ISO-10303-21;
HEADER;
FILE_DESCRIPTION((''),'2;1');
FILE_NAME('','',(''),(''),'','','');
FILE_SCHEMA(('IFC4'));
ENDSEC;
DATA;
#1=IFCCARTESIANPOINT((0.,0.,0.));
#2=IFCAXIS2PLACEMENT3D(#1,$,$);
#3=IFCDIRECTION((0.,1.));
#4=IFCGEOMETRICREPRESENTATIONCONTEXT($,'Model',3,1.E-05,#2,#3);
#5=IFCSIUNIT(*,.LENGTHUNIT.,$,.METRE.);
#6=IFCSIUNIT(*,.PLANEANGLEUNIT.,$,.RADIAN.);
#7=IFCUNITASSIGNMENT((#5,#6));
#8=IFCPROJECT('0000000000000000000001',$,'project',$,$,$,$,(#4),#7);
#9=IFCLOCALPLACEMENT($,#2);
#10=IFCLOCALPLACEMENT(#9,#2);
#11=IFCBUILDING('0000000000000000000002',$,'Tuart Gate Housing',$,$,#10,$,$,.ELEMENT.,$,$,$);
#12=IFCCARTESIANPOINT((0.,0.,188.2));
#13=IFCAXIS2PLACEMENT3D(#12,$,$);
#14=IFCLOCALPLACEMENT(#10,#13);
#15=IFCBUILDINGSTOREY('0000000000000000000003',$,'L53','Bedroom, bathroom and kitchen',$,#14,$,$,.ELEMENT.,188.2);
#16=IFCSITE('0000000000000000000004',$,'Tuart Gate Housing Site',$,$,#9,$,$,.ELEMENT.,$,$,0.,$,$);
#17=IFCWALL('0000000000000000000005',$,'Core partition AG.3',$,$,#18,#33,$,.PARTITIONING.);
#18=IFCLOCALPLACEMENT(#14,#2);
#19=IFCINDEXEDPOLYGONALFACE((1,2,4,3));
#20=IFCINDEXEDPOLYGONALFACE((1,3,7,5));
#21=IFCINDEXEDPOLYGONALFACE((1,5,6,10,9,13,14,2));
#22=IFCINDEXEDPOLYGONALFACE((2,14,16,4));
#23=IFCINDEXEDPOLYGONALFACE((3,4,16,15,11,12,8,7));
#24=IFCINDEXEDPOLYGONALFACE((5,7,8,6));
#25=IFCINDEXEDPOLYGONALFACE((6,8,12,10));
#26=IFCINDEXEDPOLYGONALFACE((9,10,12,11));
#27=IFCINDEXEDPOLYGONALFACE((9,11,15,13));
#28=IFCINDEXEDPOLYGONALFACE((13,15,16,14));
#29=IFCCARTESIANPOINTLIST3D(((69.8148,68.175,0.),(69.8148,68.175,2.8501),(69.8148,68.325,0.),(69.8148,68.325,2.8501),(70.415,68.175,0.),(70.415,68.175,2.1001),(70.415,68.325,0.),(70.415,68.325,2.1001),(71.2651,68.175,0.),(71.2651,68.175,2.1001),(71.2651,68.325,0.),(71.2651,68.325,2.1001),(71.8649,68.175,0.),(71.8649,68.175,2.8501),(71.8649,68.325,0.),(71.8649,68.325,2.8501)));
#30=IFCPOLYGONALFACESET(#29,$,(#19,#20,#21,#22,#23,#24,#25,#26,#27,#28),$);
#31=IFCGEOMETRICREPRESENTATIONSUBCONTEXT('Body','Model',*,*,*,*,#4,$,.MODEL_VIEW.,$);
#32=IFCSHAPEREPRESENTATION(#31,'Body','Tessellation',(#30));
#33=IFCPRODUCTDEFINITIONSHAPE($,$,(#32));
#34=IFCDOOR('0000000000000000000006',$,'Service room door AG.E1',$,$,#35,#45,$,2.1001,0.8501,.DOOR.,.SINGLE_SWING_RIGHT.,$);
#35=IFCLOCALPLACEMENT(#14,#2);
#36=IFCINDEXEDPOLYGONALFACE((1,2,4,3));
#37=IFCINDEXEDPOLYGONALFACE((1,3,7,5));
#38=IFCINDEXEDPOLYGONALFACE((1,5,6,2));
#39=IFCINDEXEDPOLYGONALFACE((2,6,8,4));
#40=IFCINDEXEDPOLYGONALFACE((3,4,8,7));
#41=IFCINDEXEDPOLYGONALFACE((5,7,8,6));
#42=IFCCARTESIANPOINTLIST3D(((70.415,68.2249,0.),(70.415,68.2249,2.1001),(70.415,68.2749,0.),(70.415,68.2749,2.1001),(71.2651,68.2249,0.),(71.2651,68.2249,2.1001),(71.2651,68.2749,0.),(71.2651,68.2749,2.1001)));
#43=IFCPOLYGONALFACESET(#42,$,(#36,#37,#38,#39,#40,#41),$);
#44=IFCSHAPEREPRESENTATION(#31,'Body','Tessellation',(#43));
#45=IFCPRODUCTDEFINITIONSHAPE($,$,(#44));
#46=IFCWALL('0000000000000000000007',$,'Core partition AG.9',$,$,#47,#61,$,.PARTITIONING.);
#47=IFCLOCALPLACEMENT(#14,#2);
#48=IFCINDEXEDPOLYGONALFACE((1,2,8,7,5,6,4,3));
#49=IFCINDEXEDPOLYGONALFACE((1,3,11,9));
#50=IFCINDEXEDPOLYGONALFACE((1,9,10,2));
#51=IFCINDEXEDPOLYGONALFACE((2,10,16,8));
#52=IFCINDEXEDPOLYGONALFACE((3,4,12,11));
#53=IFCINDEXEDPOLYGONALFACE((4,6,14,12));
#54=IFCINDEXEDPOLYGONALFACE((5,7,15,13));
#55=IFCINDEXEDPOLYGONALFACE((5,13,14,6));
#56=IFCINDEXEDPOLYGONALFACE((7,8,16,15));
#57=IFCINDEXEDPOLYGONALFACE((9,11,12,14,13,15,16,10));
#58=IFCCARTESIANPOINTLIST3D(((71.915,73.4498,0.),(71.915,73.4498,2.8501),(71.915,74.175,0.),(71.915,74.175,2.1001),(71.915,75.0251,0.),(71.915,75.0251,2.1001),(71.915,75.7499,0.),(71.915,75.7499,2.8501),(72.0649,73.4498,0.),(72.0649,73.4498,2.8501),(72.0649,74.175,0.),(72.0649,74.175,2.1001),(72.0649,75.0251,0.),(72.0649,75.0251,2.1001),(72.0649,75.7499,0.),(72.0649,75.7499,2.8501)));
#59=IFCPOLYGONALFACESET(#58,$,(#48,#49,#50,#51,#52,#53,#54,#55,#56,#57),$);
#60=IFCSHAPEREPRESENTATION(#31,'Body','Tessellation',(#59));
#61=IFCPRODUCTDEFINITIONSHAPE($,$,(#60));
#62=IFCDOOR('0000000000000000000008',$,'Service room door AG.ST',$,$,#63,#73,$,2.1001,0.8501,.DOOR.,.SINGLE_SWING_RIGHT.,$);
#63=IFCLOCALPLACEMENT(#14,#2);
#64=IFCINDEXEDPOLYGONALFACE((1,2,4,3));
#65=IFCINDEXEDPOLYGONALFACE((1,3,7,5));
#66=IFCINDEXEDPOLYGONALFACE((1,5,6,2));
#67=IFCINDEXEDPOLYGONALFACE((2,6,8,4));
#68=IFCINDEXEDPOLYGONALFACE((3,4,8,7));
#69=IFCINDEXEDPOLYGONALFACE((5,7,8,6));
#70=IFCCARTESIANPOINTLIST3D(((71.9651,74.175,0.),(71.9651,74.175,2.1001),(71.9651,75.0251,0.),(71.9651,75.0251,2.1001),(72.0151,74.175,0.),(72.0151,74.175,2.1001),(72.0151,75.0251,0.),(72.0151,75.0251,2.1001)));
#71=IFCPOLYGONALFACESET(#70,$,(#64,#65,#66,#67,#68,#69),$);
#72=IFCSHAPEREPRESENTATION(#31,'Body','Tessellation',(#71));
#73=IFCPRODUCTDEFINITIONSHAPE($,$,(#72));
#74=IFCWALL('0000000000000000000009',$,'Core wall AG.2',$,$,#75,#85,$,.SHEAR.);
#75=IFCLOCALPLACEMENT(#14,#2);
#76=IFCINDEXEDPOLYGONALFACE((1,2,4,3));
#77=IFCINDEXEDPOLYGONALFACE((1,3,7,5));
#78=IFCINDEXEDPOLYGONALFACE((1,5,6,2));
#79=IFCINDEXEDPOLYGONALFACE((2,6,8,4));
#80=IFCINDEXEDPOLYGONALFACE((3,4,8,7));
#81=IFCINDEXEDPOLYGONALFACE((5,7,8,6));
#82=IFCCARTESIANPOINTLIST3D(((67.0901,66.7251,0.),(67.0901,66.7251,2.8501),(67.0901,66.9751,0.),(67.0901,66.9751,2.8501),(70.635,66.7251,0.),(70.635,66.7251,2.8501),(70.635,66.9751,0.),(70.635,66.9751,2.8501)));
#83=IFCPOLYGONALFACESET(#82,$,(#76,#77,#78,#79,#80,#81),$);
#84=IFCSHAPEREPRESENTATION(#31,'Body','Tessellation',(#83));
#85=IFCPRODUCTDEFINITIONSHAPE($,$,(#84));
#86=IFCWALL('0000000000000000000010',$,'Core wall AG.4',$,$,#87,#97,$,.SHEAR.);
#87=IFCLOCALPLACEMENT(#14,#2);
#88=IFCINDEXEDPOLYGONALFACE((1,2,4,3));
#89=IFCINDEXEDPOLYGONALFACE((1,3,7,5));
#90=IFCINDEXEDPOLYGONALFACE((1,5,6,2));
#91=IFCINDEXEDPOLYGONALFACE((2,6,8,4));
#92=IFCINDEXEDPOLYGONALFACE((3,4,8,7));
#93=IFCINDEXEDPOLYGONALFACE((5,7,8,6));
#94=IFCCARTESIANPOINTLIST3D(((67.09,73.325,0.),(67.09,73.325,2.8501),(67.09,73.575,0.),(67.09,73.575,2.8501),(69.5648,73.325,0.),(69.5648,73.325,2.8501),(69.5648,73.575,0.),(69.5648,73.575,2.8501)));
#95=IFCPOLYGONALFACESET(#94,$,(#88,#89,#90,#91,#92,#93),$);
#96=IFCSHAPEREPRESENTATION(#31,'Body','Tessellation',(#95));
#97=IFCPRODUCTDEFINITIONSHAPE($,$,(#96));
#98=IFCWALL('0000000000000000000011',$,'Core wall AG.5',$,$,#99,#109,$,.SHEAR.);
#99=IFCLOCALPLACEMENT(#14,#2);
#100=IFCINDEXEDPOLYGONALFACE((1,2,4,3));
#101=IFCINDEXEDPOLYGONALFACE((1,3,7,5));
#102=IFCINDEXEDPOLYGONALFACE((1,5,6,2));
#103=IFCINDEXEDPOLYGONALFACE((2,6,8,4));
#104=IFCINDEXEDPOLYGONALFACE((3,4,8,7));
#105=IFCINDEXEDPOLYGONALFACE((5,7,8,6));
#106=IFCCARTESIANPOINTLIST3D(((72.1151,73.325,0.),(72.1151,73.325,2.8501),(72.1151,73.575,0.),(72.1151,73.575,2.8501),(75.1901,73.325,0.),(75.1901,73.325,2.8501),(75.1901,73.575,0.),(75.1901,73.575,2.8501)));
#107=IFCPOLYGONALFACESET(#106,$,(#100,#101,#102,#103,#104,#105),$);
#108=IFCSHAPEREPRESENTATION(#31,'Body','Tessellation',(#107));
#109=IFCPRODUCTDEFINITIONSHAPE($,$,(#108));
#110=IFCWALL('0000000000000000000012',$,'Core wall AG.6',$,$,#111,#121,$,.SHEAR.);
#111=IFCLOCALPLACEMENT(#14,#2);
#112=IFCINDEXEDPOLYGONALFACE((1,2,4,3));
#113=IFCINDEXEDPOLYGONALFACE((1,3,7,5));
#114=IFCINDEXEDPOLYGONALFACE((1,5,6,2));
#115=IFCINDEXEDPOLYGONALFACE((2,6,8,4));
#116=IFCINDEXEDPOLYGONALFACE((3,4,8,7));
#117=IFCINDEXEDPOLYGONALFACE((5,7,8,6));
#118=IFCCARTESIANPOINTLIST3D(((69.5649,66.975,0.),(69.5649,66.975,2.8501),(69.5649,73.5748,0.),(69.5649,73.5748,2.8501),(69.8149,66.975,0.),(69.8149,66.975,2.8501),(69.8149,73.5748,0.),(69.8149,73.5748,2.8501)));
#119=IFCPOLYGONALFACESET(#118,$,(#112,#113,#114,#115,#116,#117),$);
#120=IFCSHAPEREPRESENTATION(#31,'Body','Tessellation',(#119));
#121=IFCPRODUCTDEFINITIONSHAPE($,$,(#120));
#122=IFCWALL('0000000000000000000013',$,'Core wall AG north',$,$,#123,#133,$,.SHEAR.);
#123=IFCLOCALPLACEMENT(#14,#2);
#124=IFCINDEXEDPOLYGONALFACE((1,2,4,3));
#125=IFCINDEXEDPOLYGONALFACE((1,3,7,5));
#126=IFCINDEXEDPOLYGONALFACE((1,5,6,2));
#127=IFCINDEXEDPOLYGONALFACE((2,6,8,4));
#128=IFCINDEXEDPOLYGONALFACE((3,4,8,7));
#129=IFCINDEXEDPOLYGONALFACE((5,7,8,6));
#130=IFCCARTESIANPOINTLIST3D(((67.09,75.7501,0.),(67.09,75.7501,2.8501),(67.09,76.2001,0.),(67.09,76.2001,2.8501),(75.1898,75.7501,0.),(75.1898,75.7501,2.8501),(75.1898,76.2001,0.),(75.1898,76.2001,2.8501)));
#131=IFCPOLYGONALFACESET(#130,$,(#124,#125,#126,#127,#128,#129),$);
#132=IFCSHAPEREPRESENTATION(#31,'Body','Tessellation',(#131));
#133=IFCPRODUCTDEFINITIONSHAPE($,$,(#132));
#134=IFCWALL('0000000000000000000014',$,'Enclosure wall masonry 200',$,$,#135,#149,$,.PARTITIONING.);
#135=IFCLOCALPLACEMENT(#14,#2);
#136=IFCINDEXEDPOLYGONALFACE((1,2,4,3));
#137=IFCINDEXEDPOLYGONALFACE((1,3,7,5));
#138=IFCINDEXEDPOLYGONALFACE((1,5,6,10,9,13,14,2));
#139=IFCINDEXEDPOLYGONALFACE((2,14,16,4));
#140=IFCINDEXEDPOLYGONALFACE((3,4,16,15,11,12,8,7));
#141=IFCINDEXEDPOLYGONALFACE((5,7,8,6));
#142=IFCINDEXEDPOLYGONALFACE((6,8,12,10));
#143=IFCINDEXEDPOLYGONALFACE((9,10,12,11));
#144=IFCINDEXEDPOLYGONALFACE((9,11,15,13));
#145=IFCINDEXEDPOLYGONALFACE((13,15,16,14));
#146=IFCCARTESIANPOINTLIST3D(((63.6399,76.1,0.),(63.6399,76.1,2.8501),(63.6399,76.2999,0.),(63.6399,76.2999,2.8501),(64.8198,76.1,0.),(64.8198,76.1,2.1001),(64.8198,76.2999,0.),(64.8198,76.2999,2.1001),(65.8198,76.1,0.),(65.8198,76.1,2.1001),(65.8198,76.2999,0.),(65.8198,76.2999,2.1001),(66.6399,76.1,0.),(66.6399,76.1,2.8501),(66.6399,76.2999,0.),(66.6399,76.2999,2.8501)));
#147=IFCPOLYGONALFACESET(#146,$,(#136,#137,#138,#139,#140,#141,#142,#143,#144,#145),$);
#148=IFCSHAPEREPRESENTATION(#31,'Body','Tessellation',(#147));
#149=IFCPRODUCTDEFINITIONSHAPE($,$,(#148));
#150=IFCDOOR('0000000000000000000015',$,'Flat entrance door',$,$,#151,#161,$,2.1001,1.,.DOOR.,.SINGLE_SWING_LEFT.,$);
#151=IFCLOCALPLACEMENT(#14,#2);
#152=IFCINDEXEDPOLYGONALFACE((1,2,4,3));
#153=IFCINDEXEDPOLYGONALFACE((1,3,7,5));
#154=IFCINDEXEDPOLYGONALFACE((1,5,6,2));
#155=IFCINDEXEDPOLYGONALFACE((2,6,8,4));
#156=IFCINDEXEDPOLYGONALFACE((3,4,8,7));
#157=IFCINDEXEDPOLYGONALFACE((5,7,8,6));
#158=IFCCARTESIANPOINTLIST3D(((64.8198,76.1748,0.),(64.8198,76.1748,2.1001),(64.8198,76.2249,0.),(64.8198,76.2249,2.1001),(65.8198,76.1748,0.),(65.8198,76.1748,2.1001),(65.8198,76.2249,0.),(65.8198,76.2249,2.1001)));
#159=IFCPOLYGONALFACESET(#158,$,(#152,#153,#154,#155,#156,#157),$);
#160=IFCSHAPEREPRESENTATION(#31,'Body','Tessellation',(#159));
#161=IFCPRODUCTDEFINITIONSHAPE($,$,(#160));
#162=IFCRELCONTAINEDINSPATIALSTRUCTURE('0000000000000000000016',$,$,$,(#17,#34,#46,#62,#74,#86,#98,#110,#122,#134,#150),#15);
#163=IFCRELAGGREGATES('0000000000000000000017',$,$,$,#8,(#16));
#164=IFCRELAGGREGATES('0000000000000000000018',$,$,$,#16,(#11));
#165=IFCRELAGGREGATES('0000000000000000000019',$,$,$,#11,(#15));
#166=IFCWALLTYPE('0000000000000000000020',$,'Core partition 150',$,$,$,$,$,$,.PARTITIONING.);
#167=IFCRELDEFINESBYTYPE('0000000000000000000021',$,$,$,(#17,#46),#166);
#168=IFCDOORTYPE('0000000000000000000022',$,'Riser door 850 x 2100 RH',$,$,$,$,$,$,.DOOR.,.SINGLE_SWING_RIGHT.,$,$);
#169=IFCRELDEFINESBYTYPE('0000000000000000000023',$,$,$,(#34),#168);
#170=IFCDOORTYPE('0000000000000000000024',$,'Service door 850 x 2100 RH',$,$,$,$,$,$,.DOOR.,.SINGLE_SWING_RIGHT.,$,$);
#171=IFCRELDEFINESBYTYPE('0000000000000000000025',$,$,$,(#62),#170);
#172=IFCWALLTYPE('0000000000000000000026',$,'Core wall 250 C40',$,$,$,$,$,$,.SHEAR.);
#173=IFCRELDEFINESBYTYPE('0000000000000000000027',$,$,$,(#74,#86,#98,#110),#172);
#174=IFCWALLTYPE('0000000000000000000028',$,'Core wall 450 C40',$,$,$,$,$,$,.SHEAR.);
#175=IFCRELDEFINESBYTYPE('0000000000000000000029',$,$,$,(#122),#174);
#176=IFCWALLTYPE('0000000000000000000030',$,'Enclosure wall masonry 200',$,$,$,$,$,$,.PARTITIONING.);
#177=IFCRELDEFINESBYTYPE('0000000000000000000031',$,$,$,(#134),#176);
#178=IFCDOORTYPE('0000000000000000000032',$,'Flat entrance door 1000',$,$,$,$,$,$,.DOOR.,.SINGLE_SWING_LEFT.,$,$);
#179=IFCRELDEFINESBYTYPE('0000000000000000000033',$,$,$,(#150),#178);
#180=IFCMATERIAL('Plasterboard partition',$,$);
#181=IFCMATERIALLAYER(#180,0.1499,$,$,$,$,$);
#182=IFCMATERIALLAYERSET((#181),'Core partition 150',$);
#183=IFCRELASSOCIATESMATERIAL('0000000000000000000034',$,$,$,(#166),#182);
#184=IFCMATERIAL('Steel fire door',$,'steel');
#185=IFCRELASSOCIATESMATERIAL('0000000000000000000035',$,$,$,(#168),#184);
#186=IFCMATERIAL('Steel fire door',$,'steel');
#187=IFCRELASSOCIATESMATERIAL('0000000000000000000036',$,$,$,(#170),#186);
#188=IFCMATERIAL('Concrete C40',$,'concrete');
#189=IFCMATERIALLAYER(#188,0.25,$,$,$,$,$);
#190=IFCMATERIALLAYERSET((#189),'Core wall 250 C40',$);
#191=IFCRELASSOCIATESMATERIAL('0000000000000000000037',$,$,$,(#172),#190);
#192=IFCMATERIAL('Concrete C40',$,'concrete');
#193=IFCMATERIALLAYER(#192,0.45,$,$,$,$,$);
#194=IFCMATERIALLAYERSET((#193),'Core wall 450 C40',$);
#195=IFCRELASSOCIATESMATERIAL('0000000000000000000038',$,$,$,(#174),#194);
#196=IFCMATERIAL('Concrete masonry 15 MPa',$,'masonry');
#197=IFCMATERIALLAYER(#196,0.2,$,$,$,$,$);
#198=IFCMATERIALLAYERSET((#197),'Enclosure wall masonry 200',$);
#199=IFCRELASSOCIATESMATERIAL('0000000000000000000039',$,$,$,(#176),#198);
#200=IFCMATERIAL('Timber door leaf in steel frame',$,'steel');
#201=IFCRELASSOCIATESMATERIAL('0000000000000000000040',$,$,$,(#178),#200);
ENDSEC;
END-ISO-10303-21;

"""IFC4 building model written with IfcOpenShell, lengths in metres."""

from ifc_helpers import new_model, si_unit, direction, frame, frame_2d, origin, place, context, subcontext, project, spatial, rectangle, extrude, material, layer, layer_set, type_object, element, fill, save


model = new_model("IFC4")

# Units and contexts
model_context = context("Model", 3, precision=1e-05, world=origin(), true_north=direction((0.0, 1.0)))
body_context = subcontext(model_context, "Body", "Model", "MODEL_VIEW")
ifc_project = project(units=[si_unit("LENGTHUNIT", "METRE"), si_unit("PLANEANGLEUNIT", "RADIAN")], contexts=[model_context])

# Site, building, storey
site_placement = place(None, origin())
site = spatial("IfcSite", under=ifc_project, at=site_placement, Name="Tuart Gate Housing Site", CompositionType="ELEMENT", RefElevation=0.0)
building_placement = place(site_placement, origin())
building = spatial("IfcBuilding", under=site, at=building_placement, Name="Tuart Gate Housing", CompositionType="ELEMENT")
storey_placement = place(building_placement, frame((0.0, 0.0, 188.2)))
storey = spatial("IfcBuildingStorey", under=building, at=storey_placement, Name="L53", Description="Bedroom, bathroom and kitchen", CompositionType="ELEMENT", Elevation=188.2)

# Walls, openings, doors
ifc_material_1 = material(Name="Plasterboard partition")
ifc_layer_1 = layer(ifc_material_1, 0.1499)
ifc_layer_set_1 = layer_set([ifc_layer_1], Name="Core partition 150")
wall_type_1 = type_object("IfcWallType", Name="Core partition 150", PredefinedType="PARTITIONING", material=ifc_layer_set_1)
wall_1_placement = place(storey_placement, frame((69.8149, 68.25, 0.0), z_axis=(0.0, 0.0, 1.0), x_axis=(1.0, 0.0, 0.0)))
wall_1 = element("IfcWall", 1, at=wall_1_placement, inside=storey, type_object=wall_type_1, Name="Core partition AG.3", PredefinedType="PARTITIONING", context=body_context, shape_type="SweptSolid", body=[
    extrude(rectangle(XDim=2.05, YDim=0.1499, at=frame_2d((1.0249, 0.0))), origin(), (0.0, 0.0, 1.0), 2.8501),
])
opening_1_placement = place(wall_1_placement, frame((0.6001, 0.0, 0.0)))
opening_1 = element("IfcOpeningElement", 2, at=opening_1_placement, cuts=wall_1, PredefinedType="OPENING", context=body_context, shape_type="SweptSolid", body=[
    extrude(rectangle(XDim=0.8501, YDim=2.1001, at=frame_2d((0.425, 1.05))), frame((0.0, 0.085, 0.0), z_axis=(0.0, -1.0, 0.0), x_axis=(1.0, 0.0, 0.0)), (0.0, 0.0, 1.0), 0.1699),
])
ifc_material_2 = material(Name="Steel fire door", Category="steel")
door_type_1 = type_object("IfcDoorType", Name="Riser door 850 x 2100 RH", OperationType="SINGLE_SWING_RIGHT", PredefinedType="DOOR", material=ifc_material_2)
door_1_placement = place(opening_1_placement, frame((0.8501, 0.0, 0.0), z_axis=(0.0, 0.0, 1.0), x_axis=(-1.0, 0.0, 0.0)))
door_1 = element("IfcDoor", 3, at=door_1_placement, inside=storey, type_object=door_type_1, Name="Service room door AG.E1", OperationType="SINGLE_SWING_RIGHT", OverallHeight=2.1001, OverallWidth=0.8501, PredefinedType="DOOR", context=body_context, shape_type="SweptSolid", body=[
    extrude(rectangle(XDim=0.8501, YDim=2.1001, at=frame_2d((0.425, 1.05))), frame((0.0, 0.0251, 0.0), z_axis=(0.0, -1.0, 0.0), x_axis=(1.0, 0.0, 0.0)), (0.0, 0.0, 1.0), 0.05),
])
fill(opening_1, door_1)
wall_2_placement = place(storey_placement, frame((71.99, 73.45, 0.0), z_axis=(0.0, 0.0, 1.0), x_axis=(0.0, 1.0, 0.0)))
wall_2 = element("IfcWall", 4, at=wall_2_placement, inside=storey, type_object=wall_type_1, Name="Core partition AG.9", PredefinedType="PARTITIONING", context=body_context, shape_type="SweptSolid", body=[
    extrude(rectangle(XDim=2.3, YDim=0.1499, at=frame_2d((1.1499, 0.0))), origin(), (0.0, 0.0, 1.0), 2.8501),
])
opening_2_placement = place(wall_2_placement, frame((0.7251, 0.0, 0.0)))
opening_2 = element("IfcOpeningElement", 5, at=opening_2_placement, cuts=wall_2, PredefinedType="OPENING", context=body_context, shape_type="SweptSolid", body=[
    extrude(rectangle(XDim=0.8501, YDim=2.1001, at=frame_2d((0.425, 1.05))), frame((0.0, 0.085, 0.0), z_axis=(0.0, -1.0, 0.0), x_axis=(1.0, 0.0, 0.0)), (0.0, 0.0, 1.0), 0.1699),
])
ifc_material_3 = material(Name="Steel fire door", Category="steel")
door_type_2 = type_object("IfcDoorType", Name="Service door 850 x 2100 RH", OperationType="SINGLE_SWING_RIGHT", PredefinedType="DOOR", material=ifc_material_3)
door_2_placement = place(opening_2_placement, frame((0.8501, 0.0, 0.0), z_axis=(0.0, 0.0, 1.0), x_axis=(-1.0, 0.0, 0.0)))
door_2 = element("IfcDoor", 6, at=door_2_placement, inside=storey, type_object=door_type_2, Name="Service room door AG.ST", OperationType="SINGLE_SWING_RIGHT", OverallHeight=2.1001, OverallWidth=0.8501, PredefinedType="DOOR", context=body_context, shape_type="SweptSolid", body=[
    extrude(rectangle(XDim=0.8501, YDim=2.1001, at=frame_2d((0.425, 1.05))), frame((0.0, 0.0251, 0.0), z_axis=(0.0, -1.0, 0.0), x_axis=(1.0, 0.0, 0.0)), (0.0, 0.0, 1.0), 0.05),
])
fill(opening_2, door_2)

# Walls
ifc_material_4 = material(Name="Concrete C40", Category="concrete")
ifc_layer_2 = layer(ifc_material_4, 0.25)
ifc_layer_set_2 = layer_set([ifc_layer_2], Name="Core wall 250 C40")
wall_type_2 = type_object("IfcWallType", Name="Core wall 250 C40", PredefinedType="SHEAR", material=ifc_layer_set_2)
wall_3_placement = place(storey_placement, frame((67.0901, 66.8501, 0.0), z_axis=(0.0, 0.0, 1.0), x_axis=(1.0, 0.0, 0.0)))
element("IfcWall", 7, at=wall_3_placement, inside=storey, type_object=wall_type_2, Name="Core wall AG.2", PredefinedType="SHEAR", context=body_context, shape_type="SweptSolid", body=[
    extrude(rectangle(XDim=3.5449, YDim=0.25, at=frame_2d((1.7725, 0.0))), origin(), (0.0, 0.0, 1.0), 2.8501),
])
wall_4_placement = place(storey_placement, frame((67.0901, 73.45, 0.0), z_axis=(0.0, 0.0, 1.0), x_axis=(1.0, 0.0, 0.0)))
element("IfcWall", 8, at=wall_4_placement, inside=storey, type_object=wall_type_2, Name="Core wall AG.4", PredefinedType="SHEAR", context=body_context, shape_type="SweptSolid", body=[
    extrude(rectangle(XDim=2.4749, YDim=0.25, at=frame_2d((1.2373, 0.0))), origin(), (0.0, 0.0, 1.0), 2.8501),
])
wall_5_placement = place(storey_placement, frame((72.115, 73.45, 0.0), z_axis=(0.0, 0.0, 1.0), x_axis=(1.0, 0.0, 0.0)))
element("IfcWall", 9, at=wall_5_placement, inside=storey, type_object=wall_type_2, Name="Core wall AG.5", PredefinedType="SHEAR", context=body_context, shape_type="SweptSolid", body=[
    extrude(rectangle(XDim=3.075, YDim=0.25, at=frame_2d((1.5376, 0.0))), origin(), (0.0, 0.0, 1.0), 2.8501),
])
wall_6_placement = place(storey_placement, frame((69.6899, 66.9751, 0.0), z_axis=(0.0, 0.0, 1.0), x_axis=(0.0, 1.0, 0.0)))
element("IfcWall", 10, at=wall_6_placement, inside=storey, type_object=wall_type_2, Name="Core wall AG.6", PredefinedType="SHEAR", context=body_context, shape_type="SweptSolid", body=[
    extrude(rectangle(XDim=6.5999, YDim=0.25, at=frame_2d((3.2998, 0.0))), origin(), (0.0, 0.0, 1.0), 2.8501),
])
ifc_material_5 = material(Name="Concrete C40", Category="concrete")
ifc_layer_3 = layer(ifc_material_5, 0.45)
ifc_layer_set_3 = layer_set([ifc_layer_3], Name="Core wall 450 C40")
wall_type_3 = type_object("IfcWallType", Name="Core wall 450 C40", PredefinedType="SHEAR", material=ifc_layer_set_3)
wall_7_placement = place(storey_placement, frame((67.0901, 75.9751, 0.0), z_axis=(0.0, 0.0, 1.0), x_axis=(1.0, 0.0, 0.0)))
element("IfcWall", 11, at=wall_7_placement, inside=storey, type_object=wall_type_3, Name="Core wall AG north", PredefinedType="SHEAR", context=body_context, shape_type="SweptSolid", body=[
    extrude(rectangle(XDim=8.0999, YDim=0.45, at=frame_2d((4.0498, 0.0))), origin(), (0.0, 0.0, 1.0), 2.8501),
])

# Wall, opening, door
ifc_material_6 = material(Name="Concrete masonry 15 MPa", Category="masonry")
ifc_layer_4 = layer(ifc_material_6, 0.2)
ifc_layer_set_4 = layer_set([ifc_layer_4], Name="Enclosure wall masonry 200")
wall_type_4 = type_object("IfcWallType", Name="Enclosure wall masonry 200", PredefinedType="PARTITIONING", material=ifc_layer_set_4)
wall_8_placement = place(storey_placement, frame((63.6399, 76.2, 0.0), z_axis=(0.0, 0.0, 1.0), x_axis=(1.0, 0.0, 0.0)))
wall_8 = element("IfcWall", 12, at=wall_8_placement, inside=storey, type_object=wall_type_4, Name="Enclosure wall masonry 200", PredefinedType="PARTITIONING", context=body_context, shape_type="SweptSolid", body=[
    extrude(rectangle(XDim=3.0, YDim=0.2, at=frame_2d((1.5, 0.0))), origin(), (0.0, 0.0, 1.0), 2.8501),
])
opening_3_placement = place(wall_8_placement, frame((1.1799, 0.0, 0.0)))
opening_3 = element("IfcOpeningElement", 13, at=opening_3_placement, cuts=wall_8, PredefinedType="OPENING", context=body_context, shape_type="SweptSolid", body=[
    extrude(rectangle(XDim=1.0, YDim=2.1001, at=frame_2d((0.5, 1.05))), frame((0.0, 0.1099, 0.0), z_axis=(0.0, -1.0, 0.0), x_axis=(1.0, 0.0, 0.0)), (0.0, 0.0, 1.0), 0.22),
])
ifc_material_7 = material(Name="Timber door leaf in steel frame", Category="steel")
door_type_3 = type_object("IfcDoorType", Name="Flat entrance door 1000", OperationType="SINGLE_SWING_LEFT", PredefinedType="DOOR", material=ifc_material_7)
door_3_placement = place(opening_3_placement, origin())
door_3 = element("IfcDoor", 14, at=door_3_placement, inside=storey, type_object=door_type_3, Name="Flat entrance door", OperationType="SINGLE_SWING_LEFT", OverallHeight=2.1001, OverallWidth=1.0, PredefinedType="DOOR", context=body_context, shape_type="SweptSolid", body=[
    extrude(rectangle(XDim=1.0, YDim=2.1001, at=frame_2d((0.5, 1.05))), frame((0.0, 0.0249, 0.0), z_axis=(0.0, -1.0, 0.0), x_axis=(1.0, 0.0, 0.0)), (0.0, 0.0, 1.0), 0.05),
])
fill(opening_3, door_3)

save(model, "model.ifc")
